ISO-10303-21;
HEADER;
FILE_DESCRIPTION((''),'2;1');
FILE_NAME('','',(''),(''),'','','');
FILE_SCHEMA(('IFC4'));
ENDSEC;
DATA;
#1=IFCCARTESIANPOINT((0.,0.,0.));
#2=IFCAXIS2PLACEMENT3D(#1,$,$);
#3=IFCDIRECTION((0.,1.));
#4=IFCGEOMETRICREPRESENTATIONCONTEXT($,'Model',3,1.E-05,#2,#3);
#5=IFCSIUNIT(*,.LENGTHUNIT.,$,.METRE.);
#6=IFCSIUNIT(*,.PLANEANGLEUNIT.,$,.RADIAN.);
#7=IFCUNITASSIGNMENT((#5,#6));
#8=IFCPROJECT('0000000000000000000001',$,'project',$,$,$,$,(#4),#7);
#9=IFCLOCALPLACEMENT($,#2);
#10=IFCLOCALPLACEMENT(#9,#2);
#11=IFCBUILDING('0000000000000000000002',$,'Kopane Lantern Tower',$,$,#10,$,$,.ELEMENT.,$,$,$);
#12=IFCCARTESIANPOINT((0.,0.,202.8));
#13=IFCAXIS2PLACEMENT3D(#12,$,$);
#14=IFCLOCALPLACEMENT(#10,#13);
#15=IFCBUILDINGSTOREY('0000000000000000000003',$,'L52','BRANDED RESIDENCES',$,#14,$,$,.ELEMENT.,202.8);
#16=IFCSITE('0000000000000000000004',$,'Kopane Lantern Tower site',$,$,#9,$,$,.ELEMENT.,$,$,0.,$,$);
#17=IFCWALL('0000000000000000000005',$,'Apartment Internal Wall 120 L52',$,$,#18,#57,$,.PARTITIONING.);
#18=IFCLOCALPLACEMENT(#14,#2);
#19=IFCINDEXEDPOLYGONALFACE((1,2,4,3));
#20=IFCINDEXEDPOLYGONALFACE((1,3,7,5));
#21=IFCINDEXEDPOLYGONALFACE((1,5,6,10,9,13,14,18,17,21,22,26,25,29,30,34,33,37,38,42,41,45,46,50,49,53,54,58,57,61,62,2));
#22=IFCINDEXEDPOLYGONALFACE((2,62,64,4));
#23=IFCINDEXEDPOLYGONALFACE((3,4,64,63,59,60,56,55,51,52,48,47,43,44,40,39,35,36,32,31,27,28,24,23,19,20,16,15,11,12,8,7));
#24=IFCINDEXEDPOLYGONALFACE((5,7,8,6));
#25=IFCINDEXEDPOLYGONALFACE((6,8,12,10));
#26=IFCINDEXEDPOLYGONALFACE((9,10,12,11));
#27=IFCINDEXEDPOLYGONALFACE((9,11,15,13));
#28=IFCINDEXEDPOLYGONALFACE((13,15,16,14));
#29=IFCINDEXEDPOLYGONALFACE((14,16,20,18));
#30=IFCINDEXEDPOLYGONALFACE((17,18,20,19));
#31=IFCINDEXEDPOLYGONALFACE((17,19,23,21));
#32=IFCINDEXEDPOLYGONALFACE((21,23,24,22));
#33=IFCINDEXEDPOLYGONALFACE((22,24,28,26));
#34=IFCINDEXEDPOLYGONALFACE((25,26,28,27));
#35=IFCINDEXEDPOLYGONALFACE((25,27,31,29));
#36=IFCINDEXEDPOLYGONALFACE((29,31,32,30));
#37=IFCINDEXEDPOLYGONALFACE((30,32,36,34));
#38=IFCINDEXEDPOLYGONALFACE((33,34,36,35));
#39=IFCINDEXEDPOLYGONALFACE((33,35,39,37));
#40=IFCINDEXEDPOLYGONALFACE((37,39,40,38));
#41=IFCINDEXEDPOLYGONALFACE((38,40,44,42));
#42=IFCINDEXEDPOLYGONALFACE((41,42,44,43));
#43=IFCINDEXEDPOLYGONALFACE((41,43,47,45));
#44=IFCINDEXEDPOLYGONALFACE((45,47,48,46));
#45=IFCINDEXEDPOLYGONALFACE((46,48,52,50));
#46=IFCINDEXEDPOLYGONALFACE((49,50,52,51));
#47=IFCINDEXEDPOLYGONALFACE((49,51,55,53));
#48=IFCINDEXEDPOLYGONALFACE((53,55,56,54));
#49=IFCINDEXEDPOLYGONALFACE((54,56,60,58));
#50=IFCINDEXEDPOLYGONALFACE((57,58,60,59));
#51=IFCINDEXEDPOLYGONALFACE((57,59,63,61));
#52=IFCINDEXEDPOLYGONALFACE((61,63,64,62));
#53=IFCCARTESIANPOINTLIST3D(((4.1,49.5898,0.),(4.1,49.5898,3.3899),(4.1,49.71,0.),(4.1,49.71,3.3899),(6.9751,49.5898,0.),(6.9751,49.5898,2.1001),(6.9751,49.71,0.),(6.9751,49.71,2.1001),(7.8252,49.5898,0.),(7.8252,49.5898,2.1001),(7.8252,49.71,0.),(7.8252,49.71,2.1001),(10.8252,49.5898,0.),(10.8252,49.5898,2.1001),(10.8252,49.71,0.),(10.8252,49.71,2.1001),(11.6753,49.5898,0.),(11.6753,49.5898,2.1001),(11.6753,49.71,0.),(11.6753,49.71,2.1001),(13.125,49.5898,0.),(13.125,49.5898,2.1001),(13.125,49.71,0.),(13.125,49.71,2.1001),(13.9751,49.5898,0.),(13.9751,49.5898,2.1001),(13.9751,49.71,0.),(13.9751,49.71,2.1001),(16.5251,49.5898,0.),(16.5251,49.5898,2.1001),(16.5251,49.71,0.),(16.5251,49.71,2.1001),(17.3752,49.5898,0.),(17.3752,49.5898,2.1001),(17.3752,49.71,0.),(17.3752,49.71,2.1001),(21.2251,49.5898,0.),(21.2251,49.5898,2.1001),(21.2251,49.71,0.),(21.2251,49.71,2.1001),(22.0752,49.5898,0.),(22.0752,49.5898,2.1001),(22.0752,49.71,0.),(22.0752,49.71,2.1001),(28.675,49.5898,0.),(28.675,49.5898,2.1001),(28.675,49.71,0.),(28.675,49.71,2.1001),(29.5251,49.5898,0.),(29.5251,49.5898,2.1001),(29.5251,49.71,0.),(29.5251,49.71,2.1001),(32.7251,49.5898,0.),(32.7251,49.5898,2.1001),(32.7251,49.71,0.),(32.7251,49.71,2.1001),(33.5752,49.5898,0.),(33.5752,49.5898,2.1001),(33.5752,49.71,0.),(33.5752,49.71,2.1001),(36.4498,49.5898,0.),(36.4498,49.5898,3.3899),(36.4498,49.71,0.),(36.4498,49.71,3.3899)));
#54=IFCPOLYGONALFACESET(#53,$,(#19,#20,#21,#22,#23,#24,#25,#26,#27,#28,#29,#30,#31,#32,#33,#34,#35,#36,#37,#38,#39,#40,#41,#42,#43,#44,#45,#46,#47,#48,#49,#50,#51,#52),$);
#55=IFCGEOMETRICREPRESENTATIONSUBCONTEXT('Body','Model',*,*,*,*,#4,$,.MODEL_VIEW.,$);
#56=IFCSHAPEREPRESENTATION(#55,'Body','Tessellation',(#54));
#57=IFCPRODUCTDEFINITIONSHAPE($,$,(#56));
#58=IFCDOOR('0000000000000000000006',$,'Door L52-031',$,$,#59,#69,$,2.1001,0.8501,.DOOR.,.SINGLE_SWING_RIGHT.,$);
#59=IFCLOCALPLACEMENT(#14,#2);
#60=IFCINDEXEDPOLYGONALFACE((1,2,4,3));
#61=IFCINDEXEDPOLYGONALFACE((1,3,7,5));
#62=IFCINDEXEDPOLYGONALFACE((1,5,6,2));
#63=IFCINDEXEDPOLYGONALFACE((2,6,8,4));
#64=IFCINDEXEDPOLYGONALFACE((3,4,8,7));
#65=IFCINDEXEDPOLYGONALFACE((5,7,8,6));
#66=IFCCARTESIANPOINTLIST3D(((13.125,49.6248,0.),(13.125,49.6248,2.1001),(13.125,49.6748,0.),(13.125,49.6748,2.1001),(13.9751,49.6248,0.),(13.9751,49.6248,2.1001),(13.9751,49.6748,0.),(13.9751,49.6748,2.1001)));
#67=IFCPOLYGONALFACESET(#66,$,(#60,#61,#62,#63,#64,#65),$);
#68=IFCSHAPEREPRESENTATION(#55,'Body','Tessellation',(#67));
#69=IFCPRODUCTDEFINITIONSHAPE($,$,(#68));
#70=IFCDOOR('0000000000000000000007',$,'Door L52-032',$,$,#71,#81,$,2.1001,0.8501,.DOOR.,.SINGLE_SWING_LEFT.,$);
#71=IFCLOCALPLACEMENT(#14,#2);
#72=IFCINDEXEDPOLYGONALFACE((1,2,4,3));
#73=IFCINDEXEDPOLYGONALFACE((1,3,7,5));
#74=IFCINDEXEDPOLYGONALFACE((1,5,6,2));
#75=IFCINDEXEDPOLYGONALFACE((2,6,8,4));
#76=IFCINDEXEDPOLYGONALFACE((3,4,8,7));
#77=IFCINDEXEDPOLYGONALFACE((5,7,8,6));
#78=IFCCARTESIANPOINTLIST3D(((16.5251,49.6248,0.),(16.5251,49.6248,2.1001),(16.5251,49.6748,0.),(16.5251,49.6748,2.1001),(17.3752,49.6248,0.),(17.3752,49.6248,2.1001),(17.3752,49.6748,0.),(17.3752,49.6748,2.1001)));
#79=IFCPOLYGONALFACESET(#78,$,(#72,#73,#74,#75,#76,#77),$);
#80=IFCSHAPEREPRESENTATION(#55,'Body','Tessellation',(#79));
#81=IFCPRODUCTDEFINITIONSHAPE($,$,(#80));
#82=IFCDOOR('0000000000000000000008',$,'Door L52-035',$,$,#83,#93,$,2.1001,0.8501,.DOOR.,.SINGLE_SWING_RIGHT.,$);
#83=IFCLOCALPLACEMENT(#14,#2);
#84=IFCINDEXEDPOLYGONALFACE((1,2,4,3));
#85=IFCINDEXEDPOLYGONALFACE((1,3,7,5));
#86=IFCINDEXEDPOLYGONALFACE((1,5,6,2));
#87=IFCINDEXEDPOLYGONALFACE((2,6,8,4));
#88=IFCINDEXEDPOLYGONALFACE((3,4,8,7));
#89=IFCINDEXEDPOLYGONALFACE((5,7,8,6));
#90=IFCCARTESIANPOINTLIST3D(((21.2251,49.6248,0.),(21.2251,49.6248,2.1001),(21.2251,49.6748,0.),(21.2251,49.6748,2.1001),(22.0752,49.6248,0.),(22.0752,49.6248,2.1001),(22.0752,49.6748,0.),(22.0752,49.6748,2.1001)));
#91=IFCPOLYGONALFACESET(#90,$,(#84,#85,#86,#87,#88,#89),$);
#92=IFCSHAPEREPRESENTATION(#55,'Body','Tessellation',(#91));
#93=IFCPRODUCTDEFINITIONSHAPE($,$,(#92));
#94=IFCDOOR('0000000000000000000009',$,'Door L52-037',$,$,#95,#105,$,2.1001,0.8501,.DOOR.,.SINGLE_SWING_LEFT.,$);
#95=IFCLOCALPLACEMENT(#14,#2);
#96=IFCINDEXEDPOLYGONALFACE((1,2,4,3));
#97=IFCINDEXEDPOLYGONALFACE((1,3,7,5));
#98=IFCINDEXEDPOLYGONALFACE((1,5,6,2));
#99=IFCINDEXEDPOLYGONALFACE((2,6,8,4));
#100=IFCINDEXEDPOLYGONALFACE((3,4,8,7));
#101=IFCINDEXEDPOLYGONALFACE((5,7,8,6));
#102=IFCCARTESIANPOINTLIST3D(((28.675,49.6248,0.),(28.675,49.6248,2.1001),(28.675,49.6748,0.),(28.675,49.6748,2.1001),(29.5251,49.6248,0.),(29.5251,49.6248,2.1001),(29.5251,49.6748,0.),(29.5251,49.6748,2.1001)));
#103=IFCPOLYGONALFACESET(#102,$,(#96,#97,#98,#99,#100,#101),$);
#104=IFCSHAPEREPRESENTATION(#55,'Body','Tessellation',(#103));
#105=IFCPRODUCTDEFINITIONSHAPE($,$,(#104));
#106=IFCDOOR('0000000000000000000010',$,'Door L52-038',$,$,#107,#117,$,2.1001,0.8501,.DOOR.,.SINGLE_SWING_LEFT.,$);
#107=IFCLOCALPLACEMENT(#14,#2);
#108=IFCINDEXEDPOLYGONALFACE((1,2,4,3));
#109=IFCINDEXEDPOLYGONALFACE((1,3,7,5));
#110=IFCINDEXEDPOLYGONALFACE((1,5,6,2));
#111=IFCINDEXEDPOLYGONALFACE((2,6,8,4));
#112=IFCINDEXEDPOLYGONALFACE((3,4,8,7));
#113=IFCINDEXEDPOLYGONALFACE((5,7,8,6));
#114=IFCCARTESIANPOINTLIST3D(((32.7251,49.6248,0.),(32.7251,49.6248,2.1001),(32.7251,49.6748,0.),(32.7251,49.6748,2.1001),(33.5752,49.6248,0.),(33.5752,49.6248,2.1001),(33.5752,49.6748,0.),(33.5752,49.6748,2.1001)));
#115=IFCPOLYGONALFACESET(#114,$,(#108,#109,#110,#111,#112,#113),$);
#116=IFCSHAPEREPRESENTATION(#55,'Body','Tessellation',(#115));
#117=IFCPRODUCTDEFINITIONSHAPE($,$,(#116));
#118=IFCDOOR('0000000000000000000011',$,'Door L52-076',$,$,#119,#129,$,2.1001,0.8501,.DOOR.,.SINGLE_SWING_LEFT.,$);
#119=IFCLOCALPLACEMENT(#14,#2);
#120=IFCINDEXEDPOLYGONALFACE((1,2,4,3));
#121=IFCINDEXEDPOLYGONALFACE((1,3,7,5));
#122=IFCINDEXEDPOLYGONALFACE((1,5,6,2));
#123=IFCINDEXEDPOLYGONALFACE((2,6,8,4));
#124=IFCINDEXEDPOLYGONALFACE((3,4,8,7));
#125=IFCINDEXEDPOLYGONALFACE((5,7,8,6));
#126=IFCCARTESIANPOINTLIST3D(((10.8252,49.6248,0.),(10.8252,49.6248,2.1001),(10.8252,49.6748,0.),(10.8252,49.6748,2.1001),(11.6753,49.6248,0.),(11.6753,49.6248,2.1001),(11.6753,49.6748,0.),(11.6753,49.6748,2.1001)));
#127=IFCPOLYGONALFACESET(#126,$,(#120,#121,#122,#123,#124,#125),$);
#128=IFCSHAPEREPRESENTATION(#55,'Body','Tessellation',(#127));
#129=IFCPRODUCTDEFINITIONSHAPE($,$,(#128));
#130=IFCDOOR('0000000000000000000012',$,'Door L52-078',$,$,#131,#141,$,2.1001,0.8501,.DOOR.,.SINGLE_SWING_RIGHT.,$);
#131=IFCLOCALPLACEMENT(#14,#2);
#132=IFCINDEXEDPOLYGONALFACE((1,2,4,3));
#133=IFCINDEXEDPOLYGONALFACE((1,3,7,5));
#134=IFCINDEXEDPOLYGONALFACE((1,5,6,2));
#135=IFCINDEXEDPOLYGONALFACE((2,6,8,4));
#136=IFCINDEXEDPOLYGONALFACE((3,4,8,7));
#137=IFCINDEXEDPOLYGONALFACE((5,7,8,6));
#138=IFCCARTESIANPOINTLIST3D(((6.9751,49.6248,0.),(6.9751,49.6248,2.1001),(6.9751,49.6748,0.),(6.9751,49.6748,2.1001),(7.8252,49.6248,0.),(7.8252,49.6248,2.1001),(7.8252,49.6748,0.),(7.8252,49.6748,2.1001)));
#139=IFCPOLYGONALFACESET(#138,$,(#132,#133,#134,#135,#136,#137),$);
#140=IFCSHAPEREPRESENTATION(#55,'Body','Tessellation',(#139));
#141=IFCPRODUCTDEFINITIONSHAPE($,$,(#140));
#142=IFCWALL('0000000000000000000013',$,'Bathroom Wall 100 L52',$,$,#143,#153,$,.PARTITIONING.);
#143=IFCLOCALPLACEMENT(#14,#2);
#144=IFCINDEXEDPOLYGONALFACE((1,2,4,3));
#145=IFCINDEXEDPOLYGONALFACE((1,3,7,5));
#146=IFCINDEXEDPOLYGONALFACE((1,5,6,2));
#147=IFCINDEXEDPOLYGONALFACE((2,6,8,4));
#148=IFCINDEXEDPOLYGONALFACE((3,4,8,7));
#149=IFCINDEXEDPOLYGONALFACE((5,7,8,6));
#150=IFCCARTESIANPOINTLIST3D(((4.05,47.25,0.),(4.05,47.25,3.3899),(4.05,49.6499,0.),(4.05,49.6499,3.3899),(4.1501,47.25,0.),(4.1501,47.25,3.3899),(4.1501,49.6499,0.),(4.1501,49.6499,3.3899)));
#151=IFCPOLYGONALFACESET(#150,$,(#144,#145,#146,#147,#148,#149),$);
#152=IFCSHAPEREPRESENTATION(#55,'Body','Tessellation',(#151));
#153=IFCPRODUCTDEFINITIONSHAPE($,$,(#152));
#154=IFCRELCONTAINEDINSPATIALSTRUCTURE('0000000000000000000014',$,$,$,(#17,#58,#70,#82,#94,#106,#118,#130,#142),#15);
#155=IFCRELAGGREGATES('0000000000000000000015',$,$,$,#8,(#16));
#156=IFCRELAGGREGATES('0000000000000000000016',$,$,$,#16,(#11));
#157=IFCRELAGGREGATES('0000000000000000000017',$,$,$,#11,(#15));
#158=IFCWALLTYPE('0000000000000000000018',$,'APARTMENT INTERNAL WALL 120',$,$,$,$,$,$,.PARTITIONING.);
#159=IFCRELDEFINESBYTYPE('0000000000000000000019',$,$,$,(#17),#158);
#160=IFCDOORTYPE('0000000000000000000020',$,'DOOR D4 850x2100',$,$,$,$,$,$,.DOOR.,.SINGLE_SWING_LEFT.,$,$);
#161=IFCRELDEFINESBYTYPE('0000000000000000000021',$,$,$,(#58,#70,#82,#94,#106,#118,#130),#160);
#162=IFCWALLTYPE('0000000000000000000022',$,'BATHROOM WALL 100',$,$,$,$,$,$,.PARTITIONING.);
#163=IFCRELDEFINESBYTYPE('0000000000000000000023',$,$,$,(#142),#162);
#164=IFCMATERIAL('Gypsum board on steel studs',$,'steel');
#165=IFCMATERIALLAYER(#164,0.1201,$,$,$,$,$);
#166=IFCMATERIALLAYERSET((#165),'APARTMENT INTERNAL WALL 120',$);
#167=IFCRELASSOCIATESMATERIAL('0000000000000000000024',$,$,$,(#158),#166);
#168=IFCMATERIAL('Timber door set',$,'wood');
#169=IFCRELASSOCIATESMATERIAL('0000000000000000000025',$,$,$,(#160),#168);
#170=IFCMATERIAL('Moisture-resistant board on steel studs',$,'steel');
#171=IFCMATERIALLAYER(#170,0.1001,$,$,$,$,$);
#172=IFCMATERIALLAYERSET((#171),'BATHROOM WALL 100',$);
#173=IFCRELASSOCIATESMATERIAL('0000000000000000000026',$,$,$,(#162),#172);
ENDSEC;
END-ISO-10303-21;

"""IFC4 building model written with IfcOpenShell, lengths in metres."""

from ifc_helpers import new_model, si_unit, direction, frame, frame_2d, origin, place, context, subcontext, project, spatial, rectangle, extrude, material, layer, layer_set, type_object, element, fill, save


model = new_model("IFC4")

# Units and contexts
model_context = context("Model", 3, precision=1e-05, world=origin(), true_north=direction((0.0, 1.0)))
body_context = subcontext(model_context, "Body", "Model", "MODEL_VIEW")
ifc_project = project(units=[si_unit("LENGTHUNIT", "METRE"), si_unit("PLANEANGLEUNIT", "RADIAN")], contexts=[model_context])

# Site, building, storey
site_placement = place(None, origin())
site = spatial("IfcSite", under=ifc_project, at=site_placement, Name="Kopane Lantern Tower site", CompositionType="ELEMENT", RefElevation=0.0)
building_placement = place(site_placement, origin())
building = spatial("IfcBuilding", under=site, at=building_placement, Name="Kopane Lantern Tower", CompositionType="ELEMENT")
storey_placement = place(building_placement, frame((0.0, 0.0, 202.8)))
storey = spatial("IfcBuildingStorey", under=building, at=storey_placement, Name="L52", Description="BRANDED RESIDENCES", CompositionType="ELEMENT", Elevation=202.8)

# Wall, openings, doors
ifc_material_1 = material(Name="Gypsum board on steel studs", Category="steel")
ifc_layer_1 = layer(ifc_material_1, 0.1201)
ifc_layer_set_1 = layer_set([ifc_layer_1], Name="APARTMENT INTERNAL WALL 120")
wall_type_1 = type_object("IfcWallType", Name="APARTMENT INTERNAL WALL 120", PredefinedType="PARTITIONING", material=ifc_layer_set_1)
wall_1_placement = place(storey_placement, frame((4.1001, 49.6499, 0.0), z_axis=(0.0, 0.0, 1.0), x_axis=(1.0, 0.0, 0.0)))
wall_1 = element("IfcWall", 1, at=wall_1_placement, inside=storey, type_object=wall_type_1, Name="Apartment Internal Wall 120 L52", PredefinedType="PARTITIONING", context=body_context, shape_type="SweptSolid", body=[
    extrude(rectangle(XDim=32.3499, YDim=0.1201, at=frame_2d((16.1748, 0.0))), origin(), (0.0, 0.0, 1.0), 3.3899),
])
opening_1_placement = place(wall_1_placement, frame((9.0249, 0.0, 0.0)))
opening_1 = element("IfcOpeningElement", 2, at=opening_1_placement, cuts=wall_1, PredefinedType="OPENING", context=body_context, shape_type="SweptSolid", body=[
    extrude(rectangle(XDim=0.8501, YDim=2.1001, at=frame_2d((0.425, 1.05))), frame((0.0, 0.0701, 0.0), z_axis=(0.0, -1.0, 0.0), x_axis=(1.0, 0.0, 0.0)), (0.0, 0.0, 1.0), 0.1401),
])
opening_2_placement = place(wall_1_placement, frame((12.425, 0.0, 0.0)))
opening_2 = element("IfcOpeningElement", 3, at=opening_2_placement, cuts=wall_1, PredefinedType="OPENING", context=body_context, shape_type="SweptSolid", body=[
    extrude(rectangle(XDim=0.8501, YDim=2.1001, at=frame_2d((0.425, 1.05))), frame((0.0, 0.0701, 0.0), z_axis=(0.0, -1.0, 0.0), x_axis=(1.0, 0.0, 0.0)), (0.0, 0.0, 1.0), 0.1401),
])
opening_3_placement = place(wall_1_placement, frame((17.125, 0.0, 0.0)))
opening_3 = element("IfcOpeningElement", 4, at=opening_3_placement, cuts=wall_1, PredefinedType="OPENING", context=body_context, shape_type="SweptSolid", body=[
    extrude(rectangle(XDim=0.8501, YDim=2.1001, at=frame_2d((0.425, 1.05))), frame((0.0, 0.0701, 0.0), z_axis=(0.0, -1.0, 0.0), x_axis=(1.0, 0.0, 0.0)), (0.0, 0.0, 1.0), 0.1401),
])
opening_4_placement = place(wall_1_placement, frame((24.575, 0.0, 0.0)))
opening_4 = element("IfcOpeningElement", 5, at=opening_4_placement, cuts=wall_1, PredefinedType="OPENING", context=body_context, shape_type="SweptSolid", body=[
    extrude(rectangle(XDim=0.8501, YDim=2.1001, at=frame_2d((0.425, 1.05))), frame((0.0, 0.0701, 0.0), z_axis=(0.0, -1.0, 0.0), x_axis=(1.0, 0.0, 0.0)), (0.0, 0.0, 1.0), 0.1401),
])
opening_5_placement = place(wall_1_placement, frame((28.625, 0.0, 0.0)))
opening_5 = element("IfcOpeningElement", 6, at=opening_5_placement, cuts=wall_1, PredefinedType="OPENING", context=body_context, shape_type="SweptSolid", body=[
    extrude(rectangle(XDim=0.8501, YDim=2.1001, at=frame_2d((0.425, 1.05))), frame((0.0, 0.0701, 0.0), z_axis=(0.0, -1.0, 0.0), x_axis=(1.0, 0.0, 0.0)), (0.0, 0.0, 1.0), 0.1401),
])
opening_6_placement = place(wall_1_placement, frame((6.7251, 0.0, 0.0)))
opening_6 = element("IfcOpeningElement", 7, at=opening_6_placement, cuts=wall_1, PredefinedType="OPENING", context=body_context, shape_type="SweptSolid", body=[
    extrude(rectangle(XDim=0.8501, YDim=2.1001, at=frame_2d((0.425, 1.05))), frame((0.0, 0.0701, 0.0), z_axis=(0.0, -1.0, 0.0), x_axis=(1.0, 0.0, 0.0)), (0.0, 0.0, 1.0), 0.1401),
])
opening_7_placement = place(wall_1_placement, frame((2.875, 0.0, 0.0)))
opening_7 = element("IfcOpeningElement", 8, at=opening_7_placement, cuts=wall_1, PredefinedType="OPENING", context=body_context, shape_type="SweptSolid", body=[
    extrude(rectangle(XDim=0.8501, YDim=2.1001, at=frame_2d((0.425, 1.05))), frame((0.0, 0.0701, 0.0), z_axis=(0.0, -1.0, 0.0), x_axis=(1.0, 0.0, 0.0)), (0.0, 0.0, 1.0), 0.1401),
])
ifc_material_2 = material(Name="Timber door set", Category="wood")
door_type = type_object("IfcDoorType", Name="DOOR D4 850x2100", OperationType="SINGLE_SWING_LEFT", PredefinedType="DOOR", material=ifc_material_2)
door_1_placement = place(opening_1_placement, origin())
door_1 = element("IfcDoor", 9, at=door_1_placement, inside=storey, type_object=door_type, Name="Door L52-031", OperationType="SINGLE_SWING_RIGHT", OverallHeight=2.1001, OverallWidth=0.8501, PredefinedType="DOOR", context=body_context, shape_type="SweptSolid", body=[
    extrude(rectangle(XDim=0.8501, YDim=2.1001, at=frame_2d((0.425, 1.05))), frame((0.0, 0.0249, 0.0), z_axis=(0.0, -1.0, 0.0), x_axis=(1.0, 0.0, 0.0)), (0.0, 0.0, 1.0), 0.05),
])
fill(opening_1, door_1)
door_2_placement = place(opening_2_placement, origin())
door_2 = element("IfcDoor", 10, at=door_2_placement, inside=storey, type_object=door_type, Name="Door L52-032", OperationType="SINGLE_SWING_LEFT", OverallHeight=2.1001, OverallWidth=0.8501, PredefinedType="DOOR", context=body_context, shape_type="SweptSolid", body=[
    extrude(rectangle(XDim=0.8501, YDim=2.1001, at=frame_2d((0.425, 1.05))), frame((0.0, 0.0249, 0.0), z_axis=(0.0, -1.0, 0.0), x_axis=(1.0, 0.0, 0.0)), (0.0, 0.0, 1.0), 0.05),
])
fill(opening_2, door_2)
door_3_placement = place(opening_3_placement, origin())
door_3 = element("IfcDoor", 11, at=door_3_placement, inside=storey, type_object=door_type, Name="Door L52-035", OperationType="SINGLE_SWING_RIGHT", OverallHeight=2.1001, OverallWidth=0.8501, PredefinedType="DOOR", context=body_context, shape_type="SweptSolid", body=[
    extrude(rectangle(XDim=0.8501, YDim=2.1001, at=frame_2d((0.425, 1.05))), frame((0.0, 0.0249, 0.0), z_axis=(0.0, -1.0, 0.0), x_axis=(1.0, 0.0, 0.0)), (0.0, 0.0, 1.0), 0.05),
])
fill(opening_3, door_3)
door_4_placement = place(opening_4_placement, origin())
door_4 = element("IfcDoor", 12, at=door_4_placement, inside=storey, type_object=door_type, Name="Door L52-037", OperationType="SINGLE_SWING_LEFT", OverallHeight=2.1001, OverallWidth=0.8501, PredefinedType="DOOR", context=body_context, shape_type="SweptSolid", body=[
    extrude(rectangle(XDim=0.8501, YDim=2.1001, at=frame_2d((0.425, 1.05))), frame((0.0, 0.0249, 0.0), z_axis=(0.0, -1.0, 0.0), x_axis=(1.0, 0.0, 0.0)), (0.0, 0.0, 1.0), 0.05),
])
fill(opening_4, door_4)
door_5_placement = place(opening_5_placement, origin())
door_5 = element("IfcDoor", 13, at=door_5_placement, inside=storey, type_object=door_type, Name="Door L52-038", OperationType="SINGLE_SWING_LEFT", OverallHeight=2.1001, OverallWidth=0.8501, PredefinedType="DOOR", context=body_context, shape_type="SweptSolid", body=[
    extrude(rectangle(XDim=0.8501, YDim=2.1001, at=frame_2d((0.425, 1.05))), frame((0.0, 0.0249, 0.0), z_axis=(0.0, -1.0, 0.0), x_axis=(1.0, 0.0, 0.0)), (0.0, 0.0, 1.0), 0.05),
])
fill(opening_5, door_5)
door_6_placement = place(opening_6_placement, origin())
door_6 = element("IfcDoor", 14, at=door_6_placement, inside=storey, type_object=door_type, Name="Door L52-076", OperationType="SINGLE_SWING_LEFT", OverallHeight=2.1001, OverallWidth=0.8501, PredefinedType="DOOR", context=body_context, shape_type="SweptSolid", body=[
    extrude(rectangle(XDim=0.8501, YDim=2.1001, at=frame_2d((0.425, 1.05))), frame((0.0, 0.0249, 0.0), z_axis=(0.0, -1.0, 0.0), x_axis=(1.0, 0.0, 0.0)), (0.0, 0.0, 1.0), 0.05),
])
fill(opening_6, door_6)
door_7_placement = place(opening_7_placement, origin())
door_7 = element("IfcDoor", 15, at=door_7_placement, inside=storey, type_object=door_type, Name="Door L52-078", OperationType="SINGLE_SWING_RIGHT", OverallHeight=2.1001, OverallWidth=0.8501, PredefinedType="DOOR", context=body_context, shape_type="SweptSolid", body=[
    extrude(rectangle(XDim=0.8501, YDim=2.1001, at=frame_2d((0.425, 1.05))), frame((0.0, 0.0249, 0.0), z_axis=(0.0, -1.0, 0.0), x_axis=(1.0, 0.0, 0.0)), (0.0, 0.0, 1.0), 0.05),
])
fill(opening_7, door_7)

# Wall
ifc_material_3 = material(Name="Moisture-resistant board on steel studs", Category="steel")
ifc_layer_2 = layer(ifc_material_3, 0.1001)
ifc_layer_set_2 = layer_set([ifc_layer_2], Name="BATHROOM WALL 100")
wall_type_2 = type_object("IfcWallType", Name="BATHROOM WALL 100", PredefinedType="PARTITIONING", material=ifc_layer_set_2)
wall_2_placement = place(storey_placement, frame((4.1001, 47.25, 0.0), z_axis=(0.0, 0.0, 1.0), x_axis=(0.0, 1.0, 0.0)))
element("IfcWall", 16, at=wall_2_placement, inside=storey, type_object=wall_type_2, Name="Bathroom Wall 100 L52", PredefinedType="PARTITIONING", context=body_context, shape_type="SweptSolid", body=[
    extrude(rectangle(XDim=2.3999, YDim=0.1001, at=frame_2d((1.2, 0.0))), origin(), (0.0, 0.0, 1.0), 3.3899),
])

save(model, "model.ifc")
